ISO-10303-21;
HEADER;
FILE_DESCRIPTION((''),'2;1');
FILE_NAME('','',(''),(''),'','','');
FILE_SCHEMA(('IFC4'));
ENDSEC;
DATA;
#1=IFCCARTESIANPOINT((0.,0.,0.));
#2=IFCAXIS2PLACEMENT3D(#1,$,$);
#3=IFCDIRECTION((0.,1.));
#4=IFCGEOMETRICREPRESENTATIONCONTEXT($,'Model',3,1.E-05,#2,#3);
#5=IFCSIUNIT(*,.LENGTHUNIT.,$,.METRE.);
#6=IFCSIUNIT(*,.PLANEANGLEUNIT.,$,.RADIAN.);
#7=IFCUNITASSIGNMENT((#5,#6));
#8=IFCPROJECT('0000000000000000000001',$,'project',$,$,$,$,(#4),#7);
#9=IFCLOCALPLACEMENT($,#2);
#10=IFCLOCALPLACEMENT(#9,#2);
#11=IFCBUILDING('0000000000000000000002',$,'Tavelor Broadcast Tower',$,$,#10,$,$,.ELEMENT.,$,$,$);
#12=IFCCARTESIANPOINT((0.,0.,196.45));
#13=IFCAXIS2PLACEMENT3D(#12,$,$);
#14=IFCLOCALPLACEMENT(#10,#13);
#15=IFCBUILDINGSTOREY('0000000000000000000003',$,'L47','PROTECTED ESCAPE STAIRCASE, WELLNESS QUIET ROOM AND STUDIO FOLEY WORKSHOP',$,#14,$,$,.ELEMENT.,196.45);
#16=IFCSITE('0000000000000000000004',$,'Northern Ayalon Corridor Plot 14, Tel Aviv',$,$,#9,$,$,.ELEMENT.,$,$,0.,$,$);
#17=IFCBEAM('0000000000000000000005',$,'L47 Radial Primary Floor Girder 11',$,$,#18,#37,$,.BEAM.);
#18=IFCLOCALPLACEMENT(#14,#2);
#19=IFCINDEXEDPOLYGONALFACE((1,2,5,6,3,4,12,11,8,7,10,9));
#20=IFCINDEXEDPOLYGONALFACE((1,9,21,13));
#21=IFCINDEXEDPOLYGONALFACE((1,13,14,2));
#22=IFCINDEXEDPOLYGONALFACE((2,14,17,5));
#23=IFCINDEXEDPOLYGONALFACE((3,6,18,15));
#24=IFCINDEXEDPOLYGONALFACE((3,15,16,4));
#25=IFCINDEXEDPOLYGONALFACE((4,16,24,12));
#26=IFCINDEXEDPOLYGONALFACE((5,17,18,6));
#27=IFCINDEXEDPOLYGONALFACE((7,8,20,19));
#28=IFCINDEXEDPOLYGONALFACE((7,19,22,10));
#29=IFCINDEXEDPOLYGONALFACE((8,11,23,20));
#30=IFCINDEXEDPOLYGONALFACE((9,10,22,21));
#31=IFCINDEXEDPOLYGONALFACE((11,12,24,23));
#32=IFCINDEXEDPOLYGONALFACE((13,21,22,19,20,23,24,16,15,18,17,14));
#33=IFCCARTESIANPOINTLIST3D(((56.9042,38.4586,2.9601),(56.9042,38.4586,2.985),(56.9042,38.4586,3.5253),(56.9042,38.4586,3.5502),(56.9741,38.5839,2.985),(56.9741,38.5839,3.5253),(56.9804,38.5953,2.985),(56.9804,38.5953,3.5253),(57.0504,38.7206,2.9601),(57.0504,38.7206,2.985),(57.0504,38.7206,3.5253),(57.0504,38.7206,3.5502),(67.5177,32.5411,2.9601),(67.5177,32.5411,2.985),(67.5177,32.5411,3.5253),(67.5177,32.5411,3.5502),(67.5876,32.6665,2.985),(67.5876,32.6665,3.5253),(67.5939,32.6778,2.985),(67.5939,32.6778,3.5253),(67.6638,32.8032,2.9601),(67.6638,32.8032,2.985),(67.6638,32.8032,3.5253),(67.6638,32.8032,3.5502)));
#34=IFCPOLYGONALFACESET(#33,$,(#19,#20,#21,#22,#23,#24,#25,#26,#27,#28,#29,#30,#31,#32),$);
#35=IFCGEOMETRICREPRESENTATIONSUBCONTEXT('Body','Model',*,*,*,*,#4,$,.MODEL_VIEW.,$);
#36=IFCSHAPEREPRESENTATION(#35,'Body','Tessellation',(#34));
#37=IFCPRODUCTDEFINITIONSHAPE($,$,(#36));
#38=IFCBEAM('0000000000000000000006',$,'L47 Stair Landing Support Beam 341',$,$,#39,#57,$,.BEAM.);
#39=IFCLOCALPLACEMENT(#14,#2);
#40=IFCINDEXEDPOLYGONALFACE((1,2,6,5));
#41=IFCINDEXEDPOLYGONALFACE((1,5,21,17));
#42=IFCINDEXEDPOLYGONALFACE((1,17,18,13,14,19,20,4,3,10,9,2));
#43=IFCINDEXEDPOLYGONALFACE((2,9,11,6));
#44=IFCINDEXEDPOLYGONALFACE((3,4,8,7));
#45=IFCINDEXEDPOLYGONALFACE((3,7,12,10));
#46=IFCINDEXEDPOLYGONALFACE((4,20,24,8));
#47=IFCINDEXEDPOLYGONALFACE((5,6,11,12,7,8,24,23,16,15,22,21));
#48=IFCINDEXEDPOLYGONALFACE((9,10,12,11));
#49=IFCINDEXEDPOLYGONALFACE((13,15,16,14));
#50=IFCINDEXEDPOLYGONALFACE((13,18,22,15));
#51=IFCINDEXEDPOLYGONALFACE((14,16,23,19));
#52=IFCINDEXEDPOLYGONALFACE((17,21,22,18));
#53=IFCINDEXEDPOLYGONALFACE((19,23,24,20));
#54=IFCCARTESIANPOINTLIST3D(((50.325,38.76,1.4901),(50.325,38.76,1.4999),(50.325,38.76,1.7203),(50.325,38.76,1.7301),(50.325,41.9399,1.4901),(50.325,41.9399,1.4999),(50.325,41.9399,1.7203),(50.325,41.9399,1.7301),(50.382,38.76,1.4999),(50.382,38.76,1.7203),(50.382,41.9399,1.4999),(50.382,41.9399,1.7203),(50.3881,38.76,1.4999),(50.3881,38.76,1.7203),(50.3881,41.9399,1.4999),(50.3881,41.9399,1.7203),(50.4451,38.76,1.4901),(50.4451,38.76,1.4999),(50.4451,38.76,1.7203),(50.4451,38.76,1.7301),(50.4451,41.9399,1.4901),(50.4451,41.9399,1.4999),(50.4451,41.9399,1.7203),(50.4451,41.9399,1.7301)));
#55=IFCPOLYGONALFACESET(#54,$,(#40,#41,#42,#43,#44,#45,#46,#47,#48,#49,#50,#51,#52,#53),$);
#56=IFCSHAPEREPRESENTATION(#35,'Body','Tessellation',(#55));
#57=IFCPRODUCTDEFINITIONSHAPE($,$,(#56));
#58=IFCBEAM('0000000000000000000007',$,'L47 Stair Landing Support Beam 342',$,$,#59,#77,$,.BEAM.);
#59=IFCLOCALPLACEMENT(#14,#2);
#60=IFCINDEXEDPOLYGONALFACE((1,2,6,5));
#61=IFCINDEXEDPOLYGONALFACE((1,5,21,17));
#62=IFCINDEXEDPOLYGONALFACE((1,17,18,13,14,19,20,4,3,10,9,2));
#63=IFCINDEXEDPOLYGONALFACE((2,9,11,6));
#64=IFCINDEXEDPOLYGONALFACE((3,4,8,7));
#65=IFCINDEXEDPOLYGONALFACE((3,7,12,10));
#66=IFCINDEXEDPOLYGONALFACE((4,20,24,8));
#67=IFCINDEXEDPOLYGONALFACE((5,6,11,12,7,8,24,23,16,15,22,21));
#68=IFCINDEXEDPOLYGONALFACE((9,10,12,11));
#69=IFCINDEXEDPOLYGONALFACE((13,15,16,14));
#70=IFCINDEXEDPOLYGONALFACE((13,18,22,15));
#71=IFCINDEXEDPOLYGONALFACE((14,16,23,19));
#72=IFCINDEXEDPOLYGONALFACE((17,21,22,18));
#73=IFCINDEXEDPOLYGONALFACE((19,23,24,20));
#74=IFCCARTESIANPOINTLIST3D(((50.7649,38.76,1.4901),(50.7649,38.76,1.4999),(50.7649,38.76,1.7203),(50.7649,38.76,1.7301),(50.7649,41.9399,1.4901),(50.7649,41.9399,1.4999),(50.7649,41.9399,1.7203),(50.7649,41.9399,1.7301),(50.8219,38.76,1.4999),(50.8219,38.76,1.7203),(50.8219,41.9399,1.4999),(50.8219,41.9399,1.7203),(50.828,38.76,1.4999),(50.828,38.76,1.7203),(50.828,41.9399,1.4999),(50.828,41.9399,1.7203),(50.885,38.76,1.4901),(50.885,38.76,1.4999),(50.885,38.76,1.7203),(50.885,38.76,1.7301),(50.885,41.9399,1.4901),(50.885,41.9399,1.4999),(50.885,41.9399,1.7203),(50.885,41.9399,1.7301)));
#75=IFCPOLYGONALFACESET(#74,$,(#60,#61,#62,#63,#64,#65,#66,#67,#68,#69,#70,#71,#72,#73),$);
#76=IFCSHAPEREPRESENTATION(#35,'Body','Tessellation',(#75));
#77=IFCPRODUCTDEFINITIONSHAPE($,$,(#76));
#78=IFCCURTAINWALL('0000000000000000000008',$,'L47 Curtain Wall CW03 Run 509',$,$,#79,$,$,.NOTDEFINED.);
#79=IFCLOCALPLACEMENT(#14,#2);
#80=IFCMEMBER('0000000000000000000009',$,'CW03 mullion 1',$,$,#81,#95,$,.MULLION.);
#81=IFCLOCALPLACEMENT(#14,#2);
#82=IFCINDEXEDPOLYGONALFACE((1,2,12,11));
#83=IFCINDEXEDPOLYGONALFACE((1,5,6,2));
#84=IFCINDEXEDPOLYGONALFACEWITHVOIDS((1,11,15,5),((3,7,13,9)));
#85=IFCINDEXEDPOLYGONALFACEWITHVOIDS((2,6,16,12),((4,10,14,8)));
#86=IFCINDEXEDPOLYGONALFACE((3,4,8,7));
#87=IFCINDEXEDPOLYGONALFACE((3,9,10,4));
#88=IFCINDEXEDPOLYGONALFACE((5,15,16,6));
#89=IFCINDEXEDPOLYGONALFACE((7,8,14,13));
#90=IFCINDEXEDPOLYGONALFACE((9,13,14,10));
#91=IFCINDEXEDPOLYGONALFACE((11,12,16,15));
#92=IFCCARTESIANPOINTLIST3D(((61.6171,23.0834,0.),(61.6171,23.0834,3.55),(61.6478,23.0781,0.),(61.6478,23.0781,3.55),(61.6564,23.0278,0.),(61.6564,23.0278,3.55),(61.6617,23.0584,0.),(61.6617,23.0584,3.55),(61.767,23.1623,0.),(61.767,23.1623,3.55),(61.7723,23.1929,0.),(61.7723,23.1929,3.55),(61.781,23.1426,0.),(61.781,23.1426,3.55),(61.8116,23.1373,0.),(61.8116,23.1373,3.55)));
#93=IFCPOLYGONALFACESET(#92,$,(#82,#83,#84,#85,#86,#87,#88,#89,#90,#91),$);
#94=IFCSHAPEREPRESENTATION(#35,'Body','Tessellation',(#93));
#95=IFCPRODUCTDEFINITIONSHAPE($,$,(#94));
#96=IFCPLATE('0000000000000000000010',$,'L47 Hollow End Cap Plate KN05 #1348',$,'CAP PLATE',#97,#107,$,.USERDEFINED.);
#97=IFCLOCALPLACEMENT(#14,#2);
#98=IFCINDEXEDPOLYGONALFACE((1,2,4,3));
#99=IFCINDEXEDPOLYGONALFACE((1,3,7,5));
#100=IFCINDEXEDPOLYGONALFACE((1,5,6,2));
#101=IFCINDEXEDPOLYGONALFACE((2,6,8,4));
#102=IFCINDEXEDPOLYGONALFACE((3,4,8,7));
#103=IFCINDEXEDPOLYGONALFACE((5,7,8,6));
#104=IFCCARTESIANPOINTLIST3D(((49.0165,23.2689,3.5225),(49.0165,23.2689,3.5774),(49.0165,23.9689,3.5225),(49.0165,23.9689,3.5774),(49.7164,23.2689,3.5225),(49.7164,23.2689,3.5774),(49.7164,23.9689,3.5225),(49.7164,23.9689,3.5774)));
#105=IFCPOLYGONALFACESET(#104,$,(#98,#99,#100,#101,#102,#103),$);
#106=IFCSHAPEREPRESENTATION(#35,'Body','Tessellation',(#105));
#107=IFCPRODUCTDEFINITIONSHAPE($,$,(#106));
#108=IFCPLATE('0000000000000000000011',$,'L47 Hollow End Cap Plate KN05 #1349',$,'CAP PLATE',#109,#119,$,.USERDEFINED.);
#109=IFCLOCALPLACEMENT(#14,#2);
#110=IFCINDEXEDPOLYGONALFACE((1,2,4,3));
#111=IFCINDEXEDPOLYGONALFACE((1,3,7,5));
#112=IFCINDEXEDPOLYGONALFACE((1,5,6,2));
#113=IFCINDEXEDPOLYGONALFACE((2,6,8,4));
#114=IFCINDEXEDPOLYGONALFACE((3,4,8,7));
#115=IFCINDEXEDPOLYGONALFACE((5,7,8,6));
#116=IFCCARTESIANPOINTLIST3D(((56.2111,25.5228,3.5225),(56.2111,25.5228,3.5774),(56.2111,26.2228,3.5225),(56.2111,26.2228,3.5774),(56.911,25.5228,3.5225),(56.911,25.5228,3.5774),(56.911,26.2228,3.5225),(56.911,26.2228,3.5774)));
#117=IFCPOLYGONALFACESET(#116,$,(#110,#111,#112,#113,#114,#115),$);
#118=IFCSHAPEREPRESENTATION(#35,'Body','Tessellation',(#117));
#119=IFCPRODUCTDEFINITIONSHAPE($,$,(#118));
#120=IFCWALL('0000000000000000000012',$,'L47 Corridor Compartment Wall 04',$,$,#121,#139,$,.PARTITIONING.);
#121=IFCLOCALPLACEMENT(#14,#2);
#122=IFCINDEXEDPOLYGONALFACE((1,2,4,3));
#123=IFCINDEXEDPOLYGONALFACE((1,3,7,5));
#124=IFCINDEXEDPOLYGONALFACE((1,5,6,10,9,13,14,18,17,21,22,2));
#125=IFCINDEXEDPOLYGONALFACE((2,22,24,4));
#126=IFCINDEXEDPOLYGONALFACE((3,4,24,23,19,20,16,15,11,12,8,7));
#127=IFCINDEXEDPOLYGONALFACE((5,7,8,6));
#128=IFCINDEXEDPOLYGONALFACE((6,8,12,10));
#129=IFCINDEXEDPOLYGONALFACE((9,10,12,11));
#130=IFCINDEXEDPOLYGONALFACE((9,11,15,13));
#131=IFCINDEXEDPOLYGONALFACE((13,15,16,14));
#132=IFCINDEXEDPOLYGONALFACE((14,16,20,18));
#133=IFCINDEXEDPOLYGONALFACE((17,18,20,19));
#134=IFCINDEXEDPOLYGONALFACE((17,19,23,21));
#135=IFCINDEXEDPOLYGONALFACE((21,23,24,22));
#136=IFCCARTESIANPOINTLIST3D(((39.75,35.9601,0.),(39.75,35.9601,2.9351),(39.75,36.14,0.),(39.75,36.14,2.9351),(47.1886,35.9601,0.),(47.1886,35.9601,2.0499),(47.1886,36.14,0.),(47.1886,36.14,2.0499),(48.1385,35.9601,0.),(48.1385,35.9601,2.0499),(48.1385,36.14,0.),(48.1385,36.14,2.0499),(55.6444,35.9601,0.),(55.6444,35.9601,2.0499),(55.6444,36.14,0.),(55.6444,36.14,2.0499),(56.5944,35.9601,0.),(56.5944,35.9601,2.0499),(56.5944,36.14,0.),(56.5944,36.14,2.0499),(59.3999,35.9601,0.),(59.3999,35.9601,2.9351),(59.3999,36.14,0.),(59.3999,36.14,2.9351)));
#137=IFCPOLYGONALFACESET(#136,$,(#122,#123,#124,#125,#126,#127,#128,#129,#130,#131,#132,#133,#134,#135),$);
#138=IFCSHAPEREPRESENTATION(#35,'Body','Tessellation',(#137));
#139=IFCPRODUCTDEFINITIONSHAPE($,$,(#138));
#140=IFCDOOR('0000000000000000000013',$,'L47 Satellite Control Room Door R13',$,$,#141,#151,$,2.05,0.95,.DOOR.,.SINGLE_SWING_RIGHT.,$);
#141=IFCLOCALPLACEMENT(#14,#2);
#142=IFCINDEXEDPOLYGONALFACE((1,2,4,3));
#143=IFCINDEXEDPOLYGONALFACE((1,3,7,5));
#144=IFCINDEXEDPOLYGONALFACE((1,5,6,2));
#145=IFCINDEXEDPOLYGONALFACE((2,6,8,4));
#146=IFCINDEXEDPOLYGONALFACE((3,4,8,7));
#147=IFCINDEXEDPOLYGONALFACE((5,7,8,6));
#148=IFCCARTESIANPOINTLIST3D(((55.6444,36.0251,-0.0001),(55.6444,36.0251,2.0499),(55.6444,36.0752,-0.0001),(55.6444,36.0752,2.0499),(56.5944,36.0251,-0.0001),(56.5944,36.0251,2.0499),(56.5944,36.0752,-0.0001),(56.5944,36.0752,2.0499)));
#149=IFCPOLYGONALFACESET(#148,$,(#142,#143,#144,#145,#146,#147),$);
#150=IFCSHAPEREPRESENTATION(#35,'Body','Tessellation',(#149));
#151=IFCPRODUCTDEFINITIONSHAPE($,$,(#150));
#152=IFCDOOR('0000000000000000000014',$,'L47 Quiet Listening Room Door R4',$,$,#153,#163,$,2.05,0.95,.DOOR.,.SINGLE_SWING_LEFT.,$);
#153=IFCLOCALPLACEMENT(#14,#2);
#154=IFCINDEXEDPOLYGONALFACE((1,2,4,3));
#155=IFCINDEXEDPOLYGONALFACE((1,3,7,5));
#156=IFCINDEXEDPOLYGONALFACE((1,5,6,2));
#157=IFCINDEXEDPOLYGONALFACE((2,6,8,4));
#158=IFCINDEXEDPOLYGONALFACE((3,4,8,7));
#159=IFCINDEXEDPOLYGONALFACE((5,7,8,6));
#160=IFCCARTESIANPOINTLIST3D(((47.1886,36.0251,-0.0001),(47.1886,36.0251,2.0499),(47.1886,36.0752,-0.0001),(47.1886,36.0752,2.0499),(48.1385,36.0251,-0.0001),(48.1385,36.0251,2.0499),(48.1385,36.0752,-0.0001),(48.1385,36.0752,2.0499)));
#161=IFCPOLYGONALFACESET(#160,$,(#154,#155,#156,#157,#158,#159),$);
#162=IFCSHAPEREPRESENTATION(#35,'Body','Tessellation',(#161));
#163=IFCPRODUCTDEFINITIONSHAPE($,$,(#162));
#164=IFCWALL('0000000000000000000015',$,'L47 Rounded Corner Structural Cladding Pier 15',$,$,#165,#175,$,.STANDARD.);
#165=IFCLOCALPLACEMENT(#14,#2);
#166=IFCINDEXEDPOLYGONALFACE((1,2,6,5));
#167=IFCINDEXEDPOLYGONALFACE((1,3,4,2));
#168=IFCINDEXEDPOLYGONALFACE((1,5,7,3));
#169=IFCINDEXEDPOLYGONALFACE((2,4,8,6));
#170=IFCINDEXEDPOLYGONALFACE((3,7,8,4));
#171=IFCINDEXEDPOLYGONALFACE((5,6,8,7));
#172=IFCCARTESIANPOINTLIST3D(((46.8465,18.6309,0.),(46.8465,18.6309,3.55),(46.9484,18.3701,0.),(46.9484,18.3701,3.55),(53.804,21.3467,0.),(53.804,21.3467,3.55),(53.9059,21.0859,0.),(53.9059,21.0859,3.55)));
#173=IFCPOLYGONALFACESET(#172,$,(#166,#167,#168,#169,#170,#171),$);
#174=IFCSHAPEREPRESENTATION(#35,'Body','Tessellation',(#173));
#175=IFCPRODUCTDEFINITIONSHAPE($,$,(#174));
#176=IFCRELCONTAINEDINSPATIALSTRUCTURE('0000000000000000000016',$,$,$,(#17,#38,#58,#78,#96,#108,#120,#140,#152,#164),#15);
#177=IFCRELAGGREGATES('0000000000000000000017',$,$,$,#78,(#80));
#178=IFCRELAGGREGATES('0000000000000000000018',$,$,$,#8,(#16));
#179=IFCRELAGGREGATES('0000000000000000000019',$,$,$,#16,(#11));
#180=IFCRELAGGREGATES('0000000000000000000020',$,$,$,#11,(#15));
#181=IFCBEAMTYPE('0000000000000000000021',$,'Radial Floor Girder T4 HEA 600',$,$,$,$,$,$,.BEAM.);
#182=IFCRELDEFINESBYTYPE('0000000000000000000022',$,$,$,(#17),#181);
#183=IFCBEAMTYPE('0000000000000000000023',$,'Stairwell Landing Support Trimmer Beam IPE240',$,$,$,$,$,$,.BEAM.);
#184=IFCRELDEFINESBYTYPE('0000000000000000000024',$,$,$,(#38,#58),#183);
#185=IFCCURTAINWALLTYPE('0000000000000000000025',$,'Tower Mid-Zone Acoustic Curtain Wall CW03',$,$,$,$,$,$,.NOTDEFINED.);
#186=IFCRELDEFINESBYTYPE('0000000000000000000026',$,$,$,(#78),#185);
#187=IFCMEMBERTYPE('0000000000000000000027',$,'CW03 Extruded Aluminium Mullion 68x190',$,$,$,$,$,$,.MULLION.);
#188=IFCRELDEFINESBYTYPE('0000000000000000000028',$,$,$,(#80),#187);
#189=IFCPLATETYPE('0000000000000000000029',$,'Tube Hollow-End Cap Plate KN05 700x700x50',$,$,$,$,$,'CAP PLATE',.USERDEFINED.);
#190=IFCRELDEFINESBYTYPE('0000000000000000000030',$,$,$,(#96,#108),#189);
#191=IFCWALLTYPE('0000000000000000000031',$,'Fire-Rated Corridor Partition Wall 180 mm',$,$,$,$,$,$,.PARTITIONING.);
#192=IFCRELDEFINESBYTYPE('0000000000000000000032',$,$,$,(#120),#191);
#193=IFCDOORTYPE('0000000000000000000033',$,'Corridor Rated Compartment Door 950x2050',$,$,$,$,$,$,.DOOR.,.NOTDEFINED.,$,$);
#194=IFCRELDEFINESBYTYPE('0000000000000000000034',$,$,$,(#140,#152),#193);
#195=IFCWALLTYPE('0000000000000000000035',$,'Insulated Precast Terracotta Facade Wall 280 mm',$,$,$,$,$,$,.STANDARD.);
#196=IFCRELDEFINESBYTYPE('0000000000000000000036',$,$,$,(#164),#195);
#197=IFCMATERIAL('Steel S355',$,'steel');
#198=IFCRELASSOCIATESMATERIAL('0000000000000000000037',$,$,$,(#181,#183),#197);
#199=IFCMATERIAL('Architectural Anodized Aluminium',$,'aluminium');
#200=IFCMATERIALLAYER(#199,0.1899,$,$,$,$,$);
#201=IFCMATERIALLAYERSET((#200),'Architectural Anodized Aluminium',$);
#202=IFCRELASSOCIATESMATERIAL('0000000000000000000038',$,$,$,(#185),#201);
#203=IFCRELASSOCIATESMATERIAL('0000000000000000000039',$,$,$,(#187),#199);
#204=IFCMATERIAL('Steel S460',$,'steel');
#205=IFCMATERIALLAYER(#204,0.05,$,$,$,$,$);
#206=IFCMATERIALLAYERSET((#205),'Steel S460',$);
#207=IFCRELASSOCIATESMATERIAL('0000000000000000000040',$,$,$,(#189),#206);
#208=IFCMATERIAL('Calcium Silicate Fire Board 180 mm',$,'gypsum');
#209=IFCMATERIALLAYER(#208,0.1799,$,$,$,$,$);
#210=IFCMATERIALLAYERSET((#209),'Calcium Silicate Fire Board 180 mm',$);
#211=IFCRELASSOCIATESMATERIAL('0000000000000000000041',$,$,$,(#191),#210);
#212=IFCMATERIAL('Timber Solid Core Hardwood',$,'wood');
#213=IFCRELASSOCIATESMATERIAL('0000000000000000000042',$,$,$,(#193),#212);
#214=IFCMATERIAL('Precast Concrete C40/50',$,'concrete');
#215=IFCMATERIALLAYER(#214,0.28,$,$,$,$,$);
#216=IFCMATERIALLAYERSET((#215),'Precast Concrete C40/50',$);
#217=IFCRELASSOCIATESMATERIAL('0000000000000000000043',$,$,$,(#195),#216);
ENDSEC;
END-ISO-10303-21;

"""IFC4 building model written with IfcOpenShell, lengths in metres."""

from ifc_helpers import new_model, si_unit, direction, frame, frame_2d, origin, origin_2d, place, context, subcontext, project, spatial, rectangle, hollow_rectangle, i_section, extrude, source, transform, mapped, material, layer, layer_set, material_profile, profile_set, type_object, type_shapes, element, fill, aggregate, save


model = new_model("IFC4")

# Units and contexts
model_context = context("Model", 3, precision=1e-05, world=origin(), true_north=direction((0.0, 1.0)))
body_context = subcontext(model_context, "Body", "Model", "MODEL_VIEW")
ifc_project = project(units=[si_unit("LENGTHUNIT", "METRE"), si_unit("PLANEANGLEUNIT", "RADIAN")], contexts=[model_context])

# Site, building, storey
site_placement = place(None, origin())
site = spatial("IfcSite", under=ifc_project, at=site_placement, Name="Northern Ayalon Corridor Plot 14, Tel Aviv", CompositionType="ELEMENT", RefElevation=0.0)
building_placement = place(site_placement, origin())
building = spatial("IfcBuilding", under=site, at=building_placement, Name="Tavelor Broadcast Tower", CompositionType="ELEMENT")
storey_placement = place(building_placement, frame((0.0, 0.0, 196.45)))
storey = spatial("IfcBuildingStorey", under=building, at=storey_placement, Name="L47", Description="PROTECTED ESCAPE STAIRCASE, WELLNESS QUIET ROOM AND STUDIO FOLEY WORKSHOP", CompositionType="ELEMENT", Elevation=196.45)

# Shared definitions
ifc_material_1 = material(Name="Steel S460", Category="steel")

# Beams
ifc_material_2 = material(Name="Steel S355", Category="steel")
ifc_material_profile_1 = material_profile(ifc_material_2, i_section(OverallWidth=0.3, OverallDepth=0.5901, WebThickness=0.0129, FlangeThickness=0.0249, at=origin_2d()), Name="HEA 600")
ifc_profile_set_1 = profile_set([ifc_material_profile_1], Name="Steel S355")
beam_type_1 = type_object("IfcBeamType", Name="Radial Floor Girder T4 HEA 600", PredefinedType="BEAM", material=ifc_profile_set_1)
beam_1_placement = place(storey_placement, frame((56.9773, 38.5896, 3.2551), z_axis=(0.87342, -0.486968, 0.0), x_axis=(0.486968, 0.87342, 0.0)))
element("IfcBeam", 1, at=beam_1_placement, inside=storey, type_object=beam_type_1, Name="L47 Radial Primary Floor Girder 11", PredefinedType="BEAM", context=body_context, shape_type="SweptSolid", body=[
    extrude(i_section(OverallWidth=0.3, OverallDepth=0.5901, WebThickness=0.0129, FlangeThickness=0.0249, at=origin_2d()), origin(), (0.0, 0.0, 1.0), 12.1516),
])
ifc_material_profile_2 = material_profile(ifc_material_2, i_section(OverallWidth=0.1201, OverallDepth=0.24, WebThickness=0.0061, FlangeThickness=0.0098, at=origin_2d()), Name="IPE 240")
ifc_profile_set_2 = profile_set([ifc_material_profile_2], Name="Steel S355")
beam_type_2 = type_object("IfcBeamType", Name="Stairwell Landing Support Trimmer Beam IPE240", PredefinedType="BEAM", material=ifc_profile_set_2)
for number, where, z_axis, x_axis, name in (
    (2, (50.385, 38.76, 1.6101), (0.0, 1.0, 0.0), (-1.0, 0.0, 0.0), "L47 Stair Landing Support Beam 341"),
    (3, (50.825, 38.76, 1.6101), (0.0, 1.0, 0.0), (-1.0, 0.0, 0.0), "L47 Stair Landing Support Beam 342"),
):
    element("IfcBeam", number, at=place(storey_placement, frame(where, z_axis=z_axis, x_axis=x_axis)), inside=storey, type_object=beam_type_2, Name=name, PredefinedType="BEAM", context=body_context, shape_type="SweptSolid", body=[
        extrude(i_section(OverallWidth=0.1201, OverallDepth=0.24, WebThickness=0.0061, FlangeThickness=0.0098, at=origin_2d()), origin(), (0.0, 0.0, 1.0), 3.1799),
    ])

# Curtain wall, member
ifc_material_3 = material(Name="Architectural Anodized Aluminium", Category="aluminium")
ifc_layer_1 = layer(ifc_material_3, 0.1899)
ifc_layer_set_1 = layer_set([ifc_layer_1], Name="Architectural Anodized Aluminium")
curtain_wall_type = type_object("IfcCurtainWallType", Name="Tower Mid-Zone Acoustic Curtain Wall CW03", PredefinedType="NOTDEFINED", material=ifc_layer_set_1)
curtain_wall_placement = place(storey_placement, origin())
curtain_wall = element("IfcCurtainWall", 4, at=curtain_wall_placement, inside=storey, type_object=curtain_wall_type, Name="L47 Curtain Wall CW03 Run 509", PredefinedType="NOTDEFINED")
ifc_material_profile_3 = material_profile(ifc_material_3, hollow_rectangle(XDim=0.0681, YDim=0.1899, WallThickness=0.022, at=origin_2d()), Name="RHS 68x190x22")
ifc_profile_set_3 = profile_set([ifc_material_profile_3], Name="Architectural Anodized Aluminium")
member_type = type_object("IfcMemberType", Name="CW03 Extruded Aluminium Mullion 68x190", PredefinedType="MULLION", material=ifc_profile_set_3)
shared_shape_1 = source(origin(), body_context, "Body", "SweptSolid", [
    extrude(hollow_rectangle(XDim=0.0681, YDim=0.1899, WallThickness=0.022, at=origin_2d()), origin(), (0.0, 0.0, 1.0), 3.55),
])
type_shapes(member_type, [shared_shape_1])
member_placement = place(storey_placement, frame((61.7144, 23.1104, 0.0), z_axis=(0.0, 0.0, 1.0), x_axis=(-0.576771, 0.816906, 0.0)))
member = element("IfcMember", 5, at=member_placement, type_object=member_type, Name="CW03 mullion 1", PredefinedType="MULLION", context=body_context, shape_type="MappedRepresentation", body=[
    mapped(shared_shape_1, transform((0.0, 0.0, 0.0), scale=1.0)),
])
aggregate(curtain_wall, [member])

# Plates
ifc_layer_2 = layer(ifc_material_1, 0.05)
ifc_layer_set_2 = layer_set([ifc_layer_2], Name="Steel S460")
plate_type = type_object("IfcPlateType", Name="Tube Hollow-End Cap Plate KN05 700x700x50", ElementType="CAP PLATE", PredefinedType="USERDEFINED", material=ifc_layer_set_2)
shared_shape_2 = source(origin(), body_context, "Body", "SweptSolid", [
    extrude(rectangle(XDim=0.7, YDim=0.7, at=origin_2d()), origin(), (0.0, 0.0, 1.0), 0.0549),
])
type_shapes(plate_type, [shared_shape_2])
for number, where, z_axis, x_axis, name in (
    (6, (49.3665, 23.6189, 3.5225), (0.0, 0.0, 1.0), (1.0, 0.0, 0.0), "L47 Hollow End Cap Plate KN05 #1348"),
    (7, (56.561, 25.8728, 3.5225), (0.0, 0.0, 1.0), (1.0, 0.0, 0.0), "L47 Hollow End Cap Plate KN05 #1349"),
):
    element("IfcPlate", number, at=place(storey_placement, frame(where, z_axis=z_axis, x_axis=x_axis)), inside=storey, type_object=plate_type, Name=name, ObjectType="CAP PLATE", PredefinedType="USERDEFINED", context=body_context, shape_type="MappedRepresentation", body=[
        mapped(shared_shape_2, transform((0.0, 0.0, 0.0), scale=1.0)),
    ])

# Wall, openings, doors
ifc_material_4 = material(Name="Calcium Silicate Fire Board 180 mm", Category="gypsum")
ifc_layer_3 = layer(ifc_material_4, 0.1799)
ifc_layer_set_3 = layer_set([ifc_layer_3], Name="Calcium Silicate Fire Board 180 mm")
wall_type_1 = type_object("IfcWallType", Name="Fire-Rated Corridor Partition Wall 180 mm", PredefinedType="PARTITIONING", material=ifc_layer_set_3)
wall_1_placement = place(storey_placement, frame((59.3999, 36.05, 0.0), z_axis=(0.0, 0.0, 1.0), x_axis=(-1.0, 0.0, 0.0)))
wall_1 = element("IfcWall", 8, at=wall_1_placement, inside=storey, type_object=wall_type_1, Name="L47 Corridor Compartment Wall 04", PredefinedType="PARTITIONING", context=body_context, shape_type="SweptSolid", body=[
    extrude(rectangle(XDim=19.6499, YDim=0.1799, at=frame_2d((9.825, 0.0))), origin(), (0.0, 0.0, 1.0), 2.9351),
])
opening_1_placement = place(wall_1_placement, frame((2.8054, 0.0, 0.0)))
opening_1 = element("IfcOpeningElement", 9, at=opening_1_placement, cuts=wall_1, PredefinedType="OPENING", context=body_context, shape_type="SweptSolid", body=[
    extrude(rectangle(XDim=0.95, YDim=2.05, at=frame_2d((0.4751, 1.0249))), frame((0.0, 0.1001, 0.0), z_axis=(0.0, -1.0, 0.0), x_axis=(1.0, 0.0, 0.0)), (0.0, 0.0, 1.0), 0.2),
])
opening_2_placement = place(wall_1_placement, frame((11.2612, 0.0, 0.0)))
opening_2 = element("IfcOpeningElement", 10, at=opening_2_placement, cuts=wall_1, PredefinedType="OPENING", context=body_context, shape_type="SweptSolid", body=[
    extrude(rectangle(XDim=0.95, YDim=2.05, at=frame_2d((0.4751, 1.0249))), frame((0.0, 0.1001, 0.0), z_axis=(0.0, -1.0, 0.0), x_axis=(1.0, 0.0, 0.0)), (0.0, 0.0, 1.0), 0.2),
])
ifc_material_5 = material(Name="Timber Solid Core Hardwood", Category="wood")
door_type_1 = type_object("IfcDoorType", Name="Corridor Rated Compartment Door 950x2050", OperationType="NOTDEFINED", PredefinedType="DOOR", material=ifc_material_5)
door_1_placement = place(opening_1_placement, origin())
door_1 = element("IfcDoor", 11, at=door_1_placement, inside=storey, type_object=door_type_1, Name="L47 Satellite Control Room Door R13", OperationType="SINGLE_SWING_RIGHT", OverallHeight=2.05, OverallWidth=0.95, PredefinedType="DOOR", context=body_context, shape_type="SweptSolid", body=[
    extrude(rectangle(XDim=0.95, YDim=2.05, at=frame_2d((0.4751, 1.0249))), frame((0.0, 0.0249, 0.0), z_axis=(0.0, -1.0, 0.0), x_axis=(1.0, 0.0, 0.0)), (0.0, 0.0, 1.0), 0.05),
])
fill(opening_1, door_1)
door_2_placement = place(opening_2_placement, origin())
door_2 = element("IfcDoor", 12, at=door_2_placement, inside=storey, type_object=door_type_1, Name="L47 Quiet Listening Room Door R4", OperationType="SINGLE_SWING_LEFT", OverallHeight=2.05, OverallWidth=0.95, PredefinedType="DOOR", context=body_context, shape_type="SweptSolid", body=[
    extrude(rectangle(XDim=0.95, YDim=2.05, at=frame_2d((0.4751, 1.0249))), frame((0.0, 0.0249, 0.0), z_axis=(0.0, -1.0, 0.0), x_axis=(1.0, 0.0, 0.0)), (0.0, 0.0, 1.0), 0.05),
])
fill(opening_2, door_2)

# Wall
ifc_material_6 = material(Name="Precast Concrete C40/50", Category="concrete")
ifc_layer_4 = layer(ifc_material_6, 0.28)
ifc_layer_set_4 = layer_set([ifc_layer_4], Name="Precast Concrete C40/50")
wall_type_2 = type_object("IfcWallType", Name="Insulated Precast Terracotta Facade Wall 280 mm", PredefinedType="STANDARD", material=ifc_layer_set_4)
wall_2_placement = place(storey_placement, frame((46.8975, 18.5005, 0.0), z_axis=(0.0, 0.0, 1.0), x_axis=(0.931546, 0.363623, 0.0)))
element("IfcWall", 13, at=wall_2_placement, inside=storey, type_object=wall_type_2, Name="L47 Rounded Corner Structural Cladding Pier 15", PredefinedType="STANDARD", context=body_context, shape_type="SweptSolid", body=[
    extrude(rectangle(XDim=7.4688, YDim=0.28, at=frame_2d((3.7344, 0.0))), origin(), (0.0, 0.0, 1.0), 3.55),
])

save(model, "model.ifc")
